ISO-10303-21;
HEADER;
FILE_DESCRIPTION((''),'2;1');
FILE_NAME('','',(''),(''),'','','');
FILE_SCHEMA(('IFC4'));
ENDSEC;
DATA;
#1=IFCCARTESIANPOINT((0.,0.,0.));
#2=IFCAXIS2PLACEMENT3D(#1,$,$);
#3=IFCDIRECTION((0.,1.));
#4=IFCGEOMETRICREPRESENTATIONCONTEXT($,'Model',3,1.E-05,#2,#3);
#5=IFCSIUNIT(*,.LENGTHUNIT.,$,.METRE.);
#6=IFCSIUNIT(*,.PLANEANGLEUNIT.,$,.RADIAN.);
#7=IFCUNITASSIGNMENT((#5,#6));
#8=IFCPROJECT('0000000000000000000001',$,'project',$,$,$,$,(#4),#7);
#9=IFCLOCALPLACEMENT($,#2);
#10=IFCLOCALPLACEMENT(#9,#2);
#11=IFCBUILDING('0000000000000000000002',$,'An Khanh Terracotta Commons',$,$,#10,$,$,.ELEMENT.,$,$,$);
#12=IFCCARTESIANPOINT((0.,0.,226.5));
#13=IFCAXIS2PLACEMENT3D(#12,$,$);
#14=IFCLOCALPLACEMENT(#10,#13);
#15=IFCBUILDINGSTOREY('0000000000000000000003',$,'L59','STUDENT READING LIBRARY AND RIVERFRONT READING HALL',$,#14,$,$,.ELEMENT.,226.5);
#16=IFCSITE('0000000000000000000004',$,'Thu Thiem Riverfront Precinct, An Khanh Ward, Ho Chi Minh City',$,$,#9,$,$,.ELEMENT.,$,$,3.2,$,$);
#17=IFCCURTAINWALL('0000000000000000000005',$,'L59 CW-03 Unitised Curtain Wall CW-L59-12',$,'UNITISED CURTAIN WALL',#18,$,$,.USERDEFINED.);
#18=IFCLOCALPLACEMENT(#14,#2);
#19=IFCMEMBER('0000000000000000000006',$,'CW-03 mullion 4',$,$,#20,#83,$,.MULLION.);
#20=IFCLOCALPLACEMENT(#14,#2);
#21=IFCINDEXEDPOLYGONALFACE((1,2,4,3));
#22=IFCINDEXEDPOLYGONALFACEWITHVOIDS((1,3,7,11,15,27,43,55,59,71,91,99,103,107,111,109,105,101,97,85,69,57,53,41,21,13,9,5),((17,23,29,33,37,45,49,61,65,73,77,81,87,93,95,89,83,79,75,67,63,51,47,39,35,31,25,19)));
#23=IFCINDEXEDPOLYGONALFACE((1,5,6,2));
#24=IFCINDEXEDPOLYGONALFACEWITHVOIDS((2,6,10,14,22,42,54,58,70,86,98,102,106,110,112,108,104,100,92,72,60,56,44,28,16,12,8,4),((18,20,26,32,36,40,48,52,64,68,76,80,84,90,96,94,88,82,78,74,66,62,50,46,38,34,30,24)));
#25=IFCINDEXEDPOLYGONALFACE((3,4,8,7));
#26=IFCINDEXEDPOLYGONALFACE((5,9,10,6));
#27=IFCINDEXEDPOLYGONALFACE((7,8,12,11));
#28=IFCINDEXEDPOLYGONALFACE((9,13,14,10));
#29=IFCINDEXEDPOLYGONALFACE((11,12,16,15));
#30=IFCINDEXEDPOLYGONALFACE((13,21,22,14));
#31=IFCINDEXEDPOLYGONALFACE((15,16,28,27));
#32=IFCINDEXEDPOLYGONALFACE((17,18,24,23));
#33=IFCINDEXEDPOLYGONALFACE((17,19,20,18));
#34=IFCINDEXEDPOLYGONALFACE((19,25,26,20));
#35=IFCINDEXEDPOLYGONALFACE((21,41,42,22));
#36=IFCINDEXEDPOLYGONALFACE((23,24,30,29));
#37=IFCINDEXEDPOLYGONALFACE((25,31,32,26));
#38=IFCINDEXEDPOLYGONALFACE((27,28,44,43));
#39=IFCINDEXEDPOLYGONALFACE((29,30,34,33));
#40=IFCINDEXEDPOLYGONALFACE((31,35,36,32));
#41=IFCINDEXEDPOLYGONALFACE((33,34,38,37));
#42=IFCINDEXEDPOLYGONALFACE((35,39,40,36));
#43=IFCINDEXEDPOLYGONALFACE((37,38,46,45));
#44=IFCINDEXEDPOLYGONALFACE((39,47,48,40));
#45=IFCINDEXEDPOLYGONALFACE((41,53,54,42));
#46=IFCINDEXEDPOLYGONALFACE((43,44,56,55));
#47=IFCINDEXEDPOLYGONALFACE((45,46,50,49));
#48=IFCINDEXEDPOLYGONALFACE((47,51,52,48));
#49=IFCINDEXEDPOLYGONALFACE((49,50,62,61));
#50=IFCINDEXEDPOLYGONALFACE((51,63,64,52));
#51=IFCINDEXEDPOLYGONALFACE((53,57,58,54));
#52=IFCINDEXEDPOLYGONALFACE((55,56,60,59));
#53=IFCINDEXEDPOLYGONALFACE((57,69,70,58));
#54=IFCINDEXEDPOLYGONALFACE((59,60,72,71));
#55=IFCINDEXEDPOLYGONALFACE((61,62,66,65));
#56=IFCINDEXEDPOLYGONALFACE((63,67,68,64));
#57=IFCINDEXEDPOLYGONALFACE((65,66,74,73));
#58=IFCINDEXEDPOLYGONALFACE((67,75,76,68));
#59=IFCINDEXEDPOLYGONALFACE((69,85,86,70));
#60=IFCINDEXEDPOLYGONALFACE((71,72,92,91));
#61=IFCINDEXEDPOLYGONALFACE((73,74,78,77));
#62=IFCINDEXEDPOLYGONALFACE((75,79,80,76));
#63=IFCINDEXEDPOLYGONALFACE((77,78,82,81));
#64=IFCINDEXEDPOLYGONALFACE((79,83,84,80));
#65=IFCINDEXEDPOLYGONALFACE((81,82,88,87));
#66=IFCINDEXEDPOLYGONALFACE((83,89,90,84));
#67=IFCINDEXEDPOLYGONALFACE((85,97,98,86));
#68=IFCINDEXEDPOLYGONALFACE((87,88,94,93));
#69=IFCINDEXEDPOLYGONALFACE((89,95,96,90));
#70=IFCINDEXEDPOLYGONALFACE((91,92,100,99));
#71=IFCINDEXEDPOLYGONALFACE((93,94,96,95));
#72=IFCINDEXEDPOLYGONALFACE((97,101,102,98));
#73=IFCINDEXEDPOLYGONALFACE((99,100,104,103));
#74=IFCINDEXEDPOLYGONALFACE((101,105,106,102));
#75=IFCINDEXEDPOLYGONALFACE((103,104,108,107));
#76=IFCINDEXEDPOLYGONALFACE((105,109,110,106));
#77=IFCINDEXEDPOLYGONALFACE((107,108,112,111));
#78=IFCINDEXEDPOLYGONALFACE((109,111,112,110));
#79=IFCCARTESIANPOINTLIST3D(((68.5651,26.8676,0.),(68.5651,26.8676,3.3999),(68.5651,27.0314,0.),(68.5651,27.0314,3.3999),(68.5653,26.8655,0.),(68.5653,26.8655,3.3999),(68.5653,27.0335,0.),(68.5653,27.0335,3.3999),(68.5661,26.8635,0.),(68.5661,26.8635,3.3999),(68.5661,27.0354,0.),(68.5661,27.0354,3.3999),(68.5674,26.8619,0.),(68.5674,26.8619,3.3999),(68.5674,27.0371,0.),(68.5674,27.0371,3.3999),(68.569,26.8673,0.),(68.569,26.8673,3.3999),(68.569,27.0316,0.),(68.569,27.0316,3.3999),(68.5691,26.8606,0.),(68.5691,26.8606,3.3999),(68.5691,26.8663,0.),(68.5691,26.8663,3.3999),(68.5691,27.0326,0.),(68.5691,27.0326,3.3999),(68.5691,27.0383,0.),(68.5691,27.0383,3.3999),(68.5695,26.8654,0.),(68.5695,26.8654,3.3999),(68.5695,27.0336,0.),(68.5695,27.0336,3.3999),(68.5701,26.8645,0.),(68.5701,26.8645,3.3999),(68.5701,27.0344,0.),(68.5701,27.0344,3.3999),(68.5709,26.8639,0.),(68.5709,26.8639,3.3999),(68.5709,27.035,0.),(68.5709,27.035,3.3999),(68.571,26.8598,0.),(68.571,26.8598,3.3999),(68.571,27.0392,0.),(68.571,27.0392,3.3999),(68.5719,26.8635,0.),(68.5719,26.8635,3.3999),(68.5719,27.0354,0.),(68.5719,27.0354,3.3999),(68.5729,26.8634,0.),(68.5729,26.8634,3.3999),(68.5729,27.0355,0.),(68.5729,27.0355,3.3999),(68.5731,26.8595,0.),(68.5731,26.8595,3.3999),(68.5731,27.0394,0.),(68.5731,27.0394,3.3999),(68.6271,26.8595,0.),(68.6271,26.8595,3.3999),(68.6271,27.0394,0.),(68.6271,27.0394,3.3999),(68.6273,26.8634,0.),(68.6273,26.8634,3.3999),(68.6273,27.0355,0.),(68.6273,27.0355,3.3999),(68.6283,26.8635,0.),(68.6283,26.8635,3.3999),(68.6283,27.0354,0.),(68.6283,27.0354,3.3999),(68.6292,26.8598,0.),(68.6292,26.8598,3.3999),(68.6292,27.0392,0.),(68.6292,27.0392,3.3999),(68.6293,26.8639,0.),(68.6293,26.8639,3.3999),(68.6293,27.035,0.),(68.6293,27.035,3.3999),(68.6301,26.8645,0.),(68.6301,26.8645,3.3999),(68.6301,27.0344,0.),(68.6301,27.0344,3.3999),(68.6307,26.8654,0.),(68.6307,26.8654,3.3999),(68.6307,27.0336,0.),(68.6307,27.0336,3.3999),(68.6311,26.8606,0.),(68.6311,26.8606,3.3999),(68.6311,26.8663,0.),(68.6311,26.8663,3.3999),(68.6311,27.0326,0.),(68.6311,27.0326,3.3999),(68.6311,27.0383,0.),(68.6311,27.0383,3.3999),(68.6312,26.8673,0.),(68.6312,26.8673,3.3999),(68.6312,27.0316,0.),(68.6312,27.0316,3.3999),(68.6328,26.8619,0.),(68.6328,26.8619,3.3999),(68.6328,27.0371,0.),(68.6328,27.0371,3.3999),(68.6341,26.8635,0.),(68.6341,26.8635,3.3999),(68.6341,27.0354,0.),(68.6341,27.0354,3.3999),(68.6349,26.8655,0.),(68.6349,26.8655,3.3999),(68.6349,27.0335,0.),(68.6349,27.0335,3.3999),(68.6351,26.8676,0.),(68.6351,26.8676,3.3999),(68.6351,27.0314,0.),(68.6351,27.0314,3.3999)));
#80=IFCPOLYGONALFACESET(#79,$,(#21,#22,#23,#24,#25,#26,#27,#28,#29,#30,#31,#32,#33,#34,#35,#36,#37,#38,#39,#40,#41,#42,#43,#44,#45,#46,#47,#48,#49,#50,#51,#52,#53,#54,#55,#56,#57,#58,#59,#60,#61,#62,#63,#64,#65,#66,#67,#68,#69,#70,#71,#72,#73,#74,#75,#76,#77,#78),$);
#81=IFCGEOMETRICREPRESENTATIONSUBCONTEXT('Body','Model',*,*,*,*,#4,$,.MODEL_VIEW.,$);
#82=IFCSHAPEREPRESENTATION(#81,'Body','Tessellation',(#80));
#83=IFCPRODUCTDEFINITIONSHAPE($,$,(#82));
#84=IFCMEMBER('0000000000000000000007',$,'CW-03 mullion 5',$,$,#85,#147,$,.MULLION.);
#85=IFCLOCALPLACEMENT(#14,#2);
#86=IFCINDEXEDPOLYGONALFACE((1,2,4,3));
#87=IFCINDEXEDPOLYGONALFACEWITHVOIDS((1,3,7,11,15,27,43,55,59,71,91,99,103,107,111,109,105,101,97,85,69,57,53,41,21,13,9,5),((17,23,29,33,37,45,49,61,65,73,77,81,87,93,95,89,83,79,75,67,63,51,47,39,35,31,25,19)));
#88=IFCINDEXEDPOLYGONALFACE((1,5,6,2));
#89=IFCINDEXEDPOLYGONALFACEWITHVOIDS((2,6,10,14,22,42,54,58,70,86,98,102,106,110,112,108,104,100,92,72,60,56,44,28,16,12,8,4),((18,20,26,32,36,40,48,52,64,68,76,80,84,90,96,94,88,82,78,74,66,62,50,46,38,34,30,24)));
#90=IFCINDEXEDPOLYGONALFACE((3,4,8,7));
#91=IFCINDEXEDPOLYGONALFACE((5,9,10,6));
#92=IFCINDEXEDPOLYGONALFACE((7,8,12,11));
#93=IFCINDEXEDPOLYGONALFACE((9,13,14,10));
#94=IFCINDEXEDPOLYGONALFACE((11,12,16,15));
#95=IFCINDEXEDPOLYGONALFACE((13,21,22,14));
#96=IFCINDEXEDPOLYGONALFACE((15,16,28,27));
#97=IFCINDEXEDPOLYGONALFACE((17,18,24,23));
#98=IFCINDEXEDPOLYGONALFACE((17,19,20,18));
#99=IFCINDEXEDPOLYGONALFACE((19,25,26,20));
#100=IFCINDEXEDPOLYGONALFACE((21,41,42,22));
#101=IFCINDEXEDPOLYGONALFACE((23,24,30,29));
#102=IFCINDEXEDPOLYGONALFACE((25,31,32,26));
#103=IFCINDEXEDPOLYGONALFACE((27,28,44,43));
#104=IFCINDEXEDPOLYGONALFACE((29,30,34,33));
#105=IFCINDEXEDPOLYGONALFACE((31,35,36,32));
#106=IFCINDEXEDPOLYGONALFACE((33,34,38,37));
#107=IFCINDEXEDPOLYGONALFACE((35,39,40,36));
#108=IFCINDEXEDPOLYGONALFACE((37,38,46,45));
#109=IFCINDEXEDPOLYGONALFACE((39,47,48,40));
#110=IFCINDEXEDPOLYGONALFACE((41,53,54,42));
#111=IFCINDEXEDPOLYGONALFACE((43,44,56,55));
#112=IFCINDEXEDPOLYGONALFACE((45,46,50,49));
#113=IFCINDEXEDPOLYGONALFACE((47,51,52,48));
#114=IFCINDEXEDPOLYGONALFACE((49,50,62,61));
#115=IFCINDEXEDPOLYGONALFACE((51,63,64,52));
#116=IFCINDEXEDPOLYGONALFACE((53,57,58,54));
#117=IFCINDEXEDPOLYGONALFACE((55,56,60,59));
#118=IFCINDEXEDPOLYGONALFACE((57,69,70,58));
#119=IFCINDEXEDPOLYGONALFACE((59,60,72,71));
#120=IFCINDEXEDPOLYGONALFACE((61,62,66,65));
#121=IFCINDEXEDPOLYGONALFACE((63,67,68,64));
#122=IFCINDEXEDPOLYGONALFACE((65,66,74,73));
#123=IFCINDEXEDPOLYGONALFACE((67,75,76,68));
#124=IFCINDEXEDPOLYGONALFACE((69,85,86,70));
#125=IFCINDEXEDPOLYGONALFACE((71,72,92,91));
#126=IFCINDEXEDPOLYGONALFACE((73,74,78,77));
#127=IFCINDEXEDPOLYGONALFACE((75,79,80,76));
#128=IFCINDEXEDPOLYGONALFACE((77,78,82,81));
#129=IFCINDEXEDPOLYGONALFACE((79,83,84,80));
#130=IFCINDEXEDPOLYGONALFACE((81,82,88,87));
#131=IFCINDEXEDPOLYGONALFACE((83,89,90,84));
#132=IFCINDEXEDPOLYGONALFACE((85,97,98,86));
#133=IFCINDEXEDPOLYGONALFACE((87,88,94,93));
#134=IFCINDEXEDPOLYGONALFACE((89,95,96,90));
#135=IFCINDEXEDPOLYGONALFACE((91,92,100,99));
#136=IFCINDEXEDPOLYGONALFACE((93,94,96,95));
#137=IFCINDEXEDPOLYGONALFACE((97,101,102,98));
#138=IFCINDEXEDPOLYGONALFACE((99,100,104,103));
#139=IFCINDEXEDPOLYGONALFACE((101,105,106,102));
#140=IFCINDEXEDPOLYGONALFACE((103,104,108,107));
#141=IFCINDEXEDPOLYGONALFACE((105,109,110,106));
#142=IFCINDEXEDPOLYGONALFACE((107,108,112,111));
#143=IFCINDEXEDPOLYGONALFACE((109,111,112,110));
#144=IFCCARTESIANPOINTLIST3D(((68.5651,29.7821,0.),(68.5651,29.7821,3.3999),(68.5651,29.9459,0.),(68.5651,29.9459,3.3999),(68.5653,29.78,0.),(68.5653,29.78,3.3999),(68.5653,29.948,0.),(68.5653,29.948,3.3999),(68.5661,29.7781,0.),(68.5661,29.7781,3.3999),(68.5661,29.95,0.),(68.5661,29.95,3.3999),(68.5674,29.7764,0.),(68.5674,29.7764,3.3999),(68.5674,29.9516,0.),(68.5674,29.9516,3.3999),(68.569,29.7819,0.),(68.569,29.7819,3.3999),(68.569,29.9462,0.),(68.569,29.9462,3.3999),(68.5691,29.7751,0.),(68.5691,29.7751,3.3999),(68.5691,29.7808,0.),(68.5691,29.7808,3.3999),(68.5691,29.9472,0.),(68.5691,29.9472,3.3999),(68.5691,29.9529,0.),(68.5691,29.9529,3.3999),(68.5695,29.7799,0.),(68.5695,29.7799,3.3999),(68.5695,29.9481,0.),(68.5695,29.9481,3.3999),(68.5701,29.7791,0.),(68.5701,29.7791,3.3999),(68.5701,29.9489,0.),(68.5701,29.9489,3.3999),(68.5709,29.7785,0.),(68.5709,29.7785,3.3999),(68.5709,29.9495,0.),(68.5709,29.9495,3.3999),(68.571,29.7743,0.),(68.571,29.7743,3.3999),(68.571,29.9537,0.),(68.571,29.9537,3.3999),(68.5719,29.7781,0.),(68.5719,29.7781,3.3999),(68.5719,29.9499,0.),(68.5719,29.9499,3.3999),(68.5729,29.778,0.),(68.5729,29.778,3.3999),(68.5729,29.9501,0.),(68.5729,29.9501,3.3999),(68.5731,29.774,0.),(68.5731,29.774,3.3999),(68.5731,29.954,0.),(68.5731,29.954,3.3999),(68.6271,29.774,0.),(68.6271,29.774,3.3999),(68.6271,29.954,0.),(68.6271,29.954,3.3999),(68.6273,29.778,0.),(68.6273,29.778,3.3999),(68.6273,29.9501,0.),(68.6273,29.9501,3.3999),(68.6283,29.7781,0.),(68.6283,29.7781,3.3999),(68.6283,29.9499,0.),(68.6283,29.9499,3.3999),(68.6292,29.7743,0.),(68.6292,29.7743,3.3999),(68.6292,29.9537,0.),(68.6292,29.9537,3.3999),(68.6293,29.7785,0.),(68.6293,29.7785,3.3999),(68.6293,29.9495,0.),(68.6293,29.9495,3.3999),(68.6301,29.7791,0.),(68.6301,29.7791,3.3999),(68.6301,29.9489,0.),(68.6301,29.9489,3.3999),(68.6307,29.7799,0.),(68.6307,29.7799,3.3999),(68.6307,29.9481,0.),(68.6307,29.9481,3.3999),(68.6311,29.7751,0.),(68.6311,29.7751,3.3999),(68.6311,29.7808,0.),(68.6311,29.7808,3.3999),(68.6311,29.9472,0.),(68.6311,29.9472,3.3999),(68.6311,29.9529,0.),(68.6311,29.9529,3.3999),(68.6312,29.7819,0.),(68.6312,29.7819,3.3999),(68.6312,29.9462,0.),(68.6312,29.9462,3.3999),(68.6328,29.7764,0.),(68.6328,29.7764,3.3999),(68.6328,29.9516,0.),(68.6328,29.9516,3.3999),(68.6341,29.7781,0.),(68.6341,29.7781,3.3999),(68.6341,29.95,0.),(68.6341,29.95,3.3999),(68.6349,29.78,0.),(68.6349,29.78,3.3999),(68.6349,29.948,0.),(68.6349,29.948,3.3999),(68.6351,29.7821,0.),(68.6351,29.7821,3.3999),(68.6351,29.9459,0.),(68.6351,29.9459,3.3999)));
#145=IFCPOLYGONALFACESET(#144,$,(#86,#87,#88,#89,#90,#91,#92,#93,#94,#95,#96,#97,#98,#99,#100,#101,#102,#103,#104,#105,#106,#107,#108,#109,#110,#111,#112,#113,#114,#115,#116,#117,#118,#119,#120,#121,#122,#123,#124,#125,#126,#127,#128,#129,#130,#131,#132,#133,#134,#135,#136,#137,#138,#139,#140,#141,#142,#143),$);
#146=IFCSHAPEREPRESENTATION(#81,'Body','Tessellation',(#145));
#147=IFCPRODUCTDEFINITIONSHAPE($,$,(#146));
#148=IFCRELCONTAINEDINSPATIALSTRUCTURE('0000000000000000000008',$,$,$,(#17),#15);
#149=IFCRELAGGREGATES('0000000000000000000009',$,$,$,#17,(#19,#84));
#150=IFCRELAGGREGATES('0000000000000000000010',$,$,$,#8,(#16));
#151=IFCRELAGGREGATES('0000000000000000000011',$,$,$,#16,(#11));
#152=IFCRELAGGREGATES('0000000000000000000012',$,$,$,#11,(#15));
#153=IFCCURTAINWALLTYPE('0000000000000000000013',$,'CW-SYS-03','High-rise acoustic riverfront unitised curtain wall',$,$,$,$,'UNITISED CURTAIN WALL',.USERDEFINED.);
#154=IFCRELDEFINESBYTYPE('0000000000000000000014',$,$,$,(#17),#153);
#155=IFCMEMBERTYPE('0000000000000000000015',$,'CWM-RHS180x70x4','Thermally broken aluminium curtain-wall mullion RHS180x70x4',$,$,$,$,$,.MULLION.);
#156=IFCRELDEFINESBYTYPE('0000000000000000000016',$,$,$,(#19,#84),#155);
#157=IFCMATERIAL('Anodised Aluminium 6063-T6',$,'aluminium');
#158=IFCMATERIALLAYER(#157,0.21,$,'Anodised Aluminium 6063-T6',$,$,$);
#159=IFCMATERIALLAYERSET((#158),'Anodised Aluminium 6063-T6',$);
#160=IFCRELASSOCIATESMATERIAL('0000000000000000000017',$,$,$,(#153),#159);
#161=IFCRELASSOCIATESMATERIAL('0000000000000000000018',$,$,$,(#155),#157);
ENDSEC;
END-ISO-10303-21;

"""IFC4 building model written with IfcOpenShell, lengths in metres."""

from ifc_helpers import new_model, si_unit, direction, frame, origin, origin_2d, place, context, subcontext, project, spatial, hollow_rectangle, extrude, material, layer, layer_set, material_profile, profile_set, type_object, element, aggregate, save


model = new_model("IFC4")

# Units and contexts
model_context = context("Model", 3, precision=1e-05, world=origin(), true_north=direction((0.0, 1.0)))
body_context = subcontext(model_context, "Body", "Model", "MODEL_VIEW")
ifc_project = project(units=[si_unit("LENGTHUNIT", "METRE"), si_unit("PLANEANGLEUNIT", "RADIAN")], contexts=[model_context])

# Site, building, storey
site_placement = place(None, origin())
site = spatial("IfcSite", under=ifc_project, at=site_placement, Name="Thu Thiem Riverfront Precinct, An Khanh Ward, Ho Chi Minh City", CompositionType="ELEMENT", RefElevation=3.2)
building_placement = place(site_placement, origin())
building = spatial("IfcBuilding", under=site, at=building_placement, Name="An Khanh Terracotta Commons", CompositionType="ELEMENT")
storey_placement = place(building_placement, frame((0.0, 0.0, 226.5)))
storey = spatial("IfcBuildingStorey", under=building, at=storey_placement, Name="L59", Description="STUDENT READING LIBRARY AND RIVERFRONT READING HALL", CompositionType="ELEMENT", Elevation=226.5)

# Curtain wall, members
ifc_material_1 = material(Name="Anodised Aluminium 6063-T6", Category="aluminium")
ifc_layer_1 = layer(ifc_material_1, 0.21, Name="Anodised Aluminium 6063-T6")
ifc_layer_set_1 = layer_set([ifc_layer_1], Name="Anodised Aluminium 6063-T6")
curtain_wall_type = type_object("IfcCurtainWallType", Name="CW-SYS-03", Description="High-rise acoustic riverfront unitised curtain wall", ElementType="UNITISED CURTAIN WALL", PredefinedType="USERDEFINED", material=ifc_layer_set_1)
curtain_wall_1_placement = place(storey_placement, origin())
curtain_wall_1 = element("IfcCurtainWall", 1, at=curtain_wall_1_placement, inside=storey, type_object=curtain_wall_type, Name="L59 CW-03 Unitised Curtain Wall CW-L59-12", ObjectType="UNITISED CURTAIN WALL", PredefinedType="USERDEFINED")
ifc_material_profile_1 = material_profile(ifc_material_1, hollow_rectangle(XDim=0.0701, YDim=0.1799, WallThickness=0.0039, InnerFilletRadius=0.0039, OuterFilletRadius=0.0081, at=origin_2d()), Name="RHS180x70x4")
ifc_profile_set_1 = profile_set([ifc_material_profile_1], Name="Anodised Aluminium 6063-T6")
member_type_1 = type_object("IfcMemberType", Name="CWM-RHS180x70x4", Description="Thermally broken aluminium curtain-wall mullion RHS180x70x4", PredefinedType="MULLION", material=ifc_profile_set_1)
member_1_placement = place(storey_placement, frame((68.6001, 26.9495, 0.0), z_axis=(0.0, 0.0, 1.0), x_axis=(-1.0, 0.0, 0.0)))
member_1 = element("IfcMember", 2, at=member_1_placement, type_object=member_type_1, Name="CW-03 mullion 4", PredefinedType="MULLION", context=body_context, shape_type="SweptSolid", body=[
    extrude(hollow_rectangle(XDim=0.0701, YDim=0.1799, WallThickness=0.0039, InnerFilletRadius=0.0039, OuterFilletRadius=0.0081, at=origin_2d()), origin(), (0.0, 0.0, 1.0), 3.3999),
])
member_2_placement = place(storey_placement, frame((68.6001, 29.864, 0.0), z_axis=(0.0, 0.0, 1.0), x_axis=(-1.0, 0.0, 0.0)))
member_2 = element("IfcMember", 3, at=member_2_placement, type_object=member_type_1, Name="CW-03 mullion 5", PredefinedType="MULLION", context=body_context, shape_type="SweptSolid", body=[
    extrude(hollow_rectangle(XDim=0.0701, YDim=0.1799, WallThickness=0.0039, InnerFilletRadius=0.0039, OuterFilletRadius=0.0081, at=origin_2d()), origin(), (0.0, 0.0, 1.0), 3.3999),
])

aggregate(curtain_wall_1, [member_1, member_2])

save(model, "model.ifc")
